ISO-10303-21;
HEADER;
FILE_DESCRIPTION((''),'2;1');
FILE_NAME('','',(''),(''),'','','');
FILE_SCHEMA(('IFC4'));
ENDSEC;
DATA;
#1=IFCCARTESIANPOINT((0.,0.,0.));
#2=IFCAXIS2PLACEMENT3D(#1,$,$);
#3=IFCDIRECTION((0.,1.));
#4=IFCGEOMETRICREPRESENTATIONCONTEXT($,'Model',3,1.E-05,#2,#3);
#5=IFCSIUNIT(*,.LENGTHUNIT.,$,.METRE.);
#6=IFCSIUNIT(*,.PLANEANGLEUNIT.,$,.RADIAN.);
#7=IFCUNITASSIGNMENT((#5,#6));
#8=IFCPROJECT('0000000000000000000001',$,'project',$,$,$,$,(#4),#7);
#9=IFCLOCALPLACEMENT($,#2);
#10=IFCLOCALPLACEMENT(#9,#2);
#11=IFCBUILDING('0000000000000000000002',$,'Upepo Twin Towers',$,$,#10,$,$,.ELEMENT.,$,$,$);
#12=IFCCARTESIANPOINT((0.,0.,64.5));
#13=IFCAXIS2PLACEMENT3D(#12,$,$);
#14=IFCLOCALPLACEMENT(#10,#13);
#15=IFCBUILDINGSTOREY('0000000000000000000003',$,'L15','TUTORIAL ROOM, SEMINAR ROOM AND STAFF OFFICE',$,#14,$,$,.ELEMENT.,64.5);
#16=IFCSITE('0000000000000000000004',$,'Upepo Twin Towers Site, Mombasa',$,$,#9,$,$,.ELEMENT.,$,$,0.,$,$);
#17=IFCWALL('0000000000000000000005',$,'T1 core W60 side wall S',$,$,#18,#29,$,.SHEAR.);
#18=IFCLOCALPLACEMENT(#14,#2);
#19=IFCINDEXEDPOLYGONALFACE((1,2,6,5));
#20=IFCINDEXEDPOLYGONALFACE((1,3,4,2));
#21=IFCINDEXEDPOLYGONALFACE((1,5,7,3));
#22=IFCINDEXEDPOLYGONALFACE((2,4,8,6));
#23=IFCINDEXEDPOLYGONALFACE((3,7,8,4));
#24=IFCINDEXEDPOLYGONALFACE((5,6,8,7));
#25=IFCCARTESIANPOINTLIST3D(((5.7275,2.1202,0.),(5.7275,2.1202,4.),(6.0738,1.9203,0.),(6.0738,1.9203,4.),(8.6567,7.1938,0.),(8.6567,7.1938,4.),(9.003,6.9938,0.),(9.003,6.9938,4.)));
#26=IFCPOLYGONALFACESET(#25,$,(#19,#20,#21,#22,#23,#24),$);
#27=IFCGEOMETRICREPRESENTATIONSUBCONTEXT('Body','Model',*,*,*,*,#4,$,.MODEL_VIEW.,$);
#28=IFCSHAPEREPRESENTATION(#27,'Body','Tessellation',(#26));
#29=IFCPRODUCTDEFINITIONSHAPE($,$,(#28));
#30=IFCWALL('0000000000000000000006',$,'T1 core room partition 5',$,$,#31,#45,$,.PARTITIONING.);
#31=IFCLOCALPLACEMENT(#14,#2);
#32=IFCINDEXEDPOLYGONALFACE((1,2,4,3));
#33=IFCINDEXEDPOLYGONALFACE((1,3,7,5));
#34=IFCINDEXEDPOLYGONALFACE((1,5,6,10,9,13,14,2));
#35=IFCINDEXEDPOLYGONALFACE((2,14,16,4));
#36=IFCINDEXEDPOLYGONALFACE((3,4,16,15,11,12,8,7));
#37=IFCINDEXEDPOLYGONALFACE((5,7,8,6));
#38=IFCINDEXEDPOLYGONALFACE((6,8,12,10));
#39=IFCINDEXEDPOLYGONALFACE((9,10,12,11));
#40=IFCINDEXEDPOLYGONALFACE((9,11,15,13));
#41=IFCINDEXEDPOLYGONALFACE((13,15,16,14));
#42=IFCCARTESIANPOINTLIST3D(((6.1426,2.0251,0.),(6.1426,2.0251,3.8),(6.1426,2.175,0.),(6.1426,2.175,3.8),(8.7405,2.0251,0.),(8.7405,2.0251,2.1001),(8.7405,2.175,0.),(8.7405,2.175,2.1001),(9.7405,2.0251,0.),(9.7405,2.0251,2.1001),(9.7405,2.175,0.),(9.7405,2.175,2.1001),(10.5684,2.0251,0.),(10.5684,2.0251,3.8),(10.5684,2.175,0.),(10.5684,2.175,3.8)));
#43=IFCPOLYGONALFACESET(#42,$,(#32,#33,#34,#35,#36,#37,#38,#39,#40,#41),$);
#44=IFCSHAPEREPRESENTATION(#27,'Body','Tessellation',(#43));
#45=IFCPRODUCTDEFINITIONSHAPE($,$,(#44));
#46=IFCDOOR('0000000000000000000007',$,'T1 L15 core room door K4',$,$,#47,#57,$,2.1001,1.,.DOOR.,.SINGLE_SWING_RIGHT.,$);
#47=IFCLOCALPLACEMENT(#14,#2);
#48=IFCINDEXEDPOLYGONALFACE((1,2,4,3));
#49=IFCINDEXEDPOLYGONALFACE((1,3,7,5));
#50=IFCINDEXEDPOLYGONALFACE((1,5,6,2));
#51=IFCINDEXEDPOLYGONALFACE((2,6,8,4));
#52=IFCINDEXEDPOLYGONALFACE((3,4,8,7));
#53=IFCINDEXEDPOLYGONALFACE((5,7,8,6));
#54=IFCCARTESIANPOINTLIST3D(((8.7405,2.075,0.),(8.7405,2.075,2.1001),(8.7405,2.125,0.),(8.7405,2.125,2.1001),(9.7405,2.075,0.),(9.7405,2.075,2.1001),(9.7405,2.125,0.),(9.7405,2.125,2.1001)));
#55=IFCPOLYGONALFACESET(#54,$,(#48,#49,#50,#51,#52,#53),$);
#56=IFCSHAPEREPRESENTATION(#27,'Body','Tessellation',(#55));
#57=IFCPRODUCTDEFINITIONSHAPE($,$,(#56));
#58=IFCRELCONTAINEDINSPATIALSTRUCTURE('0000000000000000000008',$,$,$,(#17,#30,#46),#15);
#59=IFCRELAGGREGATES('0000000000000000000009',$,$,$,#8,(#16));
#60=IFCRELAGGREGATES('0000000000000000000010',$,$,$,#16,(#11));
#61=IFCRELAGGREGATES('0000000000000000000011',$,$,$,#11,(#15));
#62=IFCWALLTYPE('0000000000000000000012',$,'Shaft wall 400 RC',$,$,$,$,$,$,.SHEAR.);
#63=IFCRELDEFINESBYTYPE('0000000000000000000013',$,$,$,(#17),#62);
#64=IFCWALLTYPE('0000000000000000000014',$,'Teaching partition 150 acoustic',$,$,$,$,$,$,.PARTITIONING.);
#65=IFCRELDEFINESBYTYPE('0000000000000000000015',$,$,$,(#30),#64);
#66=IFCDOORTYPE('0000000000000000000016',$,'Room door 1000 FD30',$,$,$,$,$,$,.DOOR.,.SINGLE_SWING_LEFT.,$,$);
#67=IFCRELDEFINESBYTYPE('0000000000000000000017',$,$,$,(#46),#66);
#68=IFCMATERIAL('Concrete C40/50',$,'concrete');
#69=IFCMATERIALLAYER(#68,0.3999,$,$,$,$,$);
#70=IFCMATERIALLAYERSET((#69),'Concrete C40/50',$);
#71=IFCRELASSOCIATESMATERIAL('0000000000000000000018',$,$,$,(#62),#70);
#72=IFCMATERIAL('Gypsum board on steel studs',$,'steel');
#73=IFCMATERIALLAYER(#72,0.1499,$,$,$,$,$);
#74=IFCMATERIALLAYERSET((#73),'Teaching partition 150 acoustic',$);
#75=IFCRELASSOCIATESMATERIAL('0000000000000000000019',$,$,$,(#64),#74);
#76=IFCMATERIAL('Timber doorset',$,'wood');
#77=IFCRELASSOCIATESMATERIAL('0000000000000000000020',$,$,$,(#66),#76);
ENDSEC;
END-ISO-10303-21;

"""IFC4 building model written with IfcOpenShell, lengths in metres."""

from ifc_helpers import new_model, si_unit, direction, frame, frame_2d, origin, place, context, subcontext, project, spatial, rectangle, extrude, material, layer, layer_set, type_object, element, fill, save


model = new_model("IFC4")

# Units and contexts
model_context = context("Model", 3, precision=1e-05, world=origin(), true_north=direction((0.0, 1.0)))
body_context = subcontext(model_context, "Body", "Model", "MODEL_VIEW")
ifc_project = project(units=[si_unit("LENGTHUNIT", "METRE"), si_unit("PLANEANGLEUNIT", "RADIAN")], contexts=[model_context])

# Site, building, storey
site_placement = place(None, origin())
site = spatial("IfcSite", under=ifc_project, at=site_placement, Name="Upepo Twin Towers Site, Mombasa", CompositionType="ELEMENT", RefElevation=0.0)
building_placement = place(site_placement, origin())
building = spatial("IfcBuilding", under=site, at=building_placement, Name="Upepo Twin Towers", CompositionType="ELEMENT")
storey_placement = place(building_placement, frame((0.0, 0.0, 64.5)))
storey = spatial("IfcBuildingStorey", under=building, at=storey_placement, Name="L15", Description="TUTORIAL ROOM, SEMINAR ROOM AND STAFF OFFICE", CompositionType="ELEMENT", Elevation=64.5)

# Wall
ifc_material_1 = material(Name="Concrete C40/50", Category="concrete")
ifc_layer_1 = layer(ifc_material_1, 0.3999)
ifc_layer_set_1 = layer_set([ifc_layer_1], Name="Concrete C40/50")
wall_type_1 = type_object("IfcWallType", Name="Shaft wall 400 RC", PredefinedType="SHEAR", material=ifc_layer_set_1)
for number, where, z_axis, x_axis, name in (
    (1, (5.9006, 2.0203, 0.0), (0.0, 0.0, 1.0), (0.500003, 0.866024, 0.0), "T1 core W60 side wall S"),
):
    element("IfcWall", number, at=place(storey_placement, frame(where, z_axis=z_axis, x_axis=x_axis)), inside=storey, type_object=wall_type_1, Name=name, PredefinedType="SHEAR", context=body_context, shape_type="SweptSolid", body=[
        extrude(rectangle(XDim=5.8584, YDim=0.3999, at=frame_2d((2.9292, 0.0))), origin(), (0.0, 0.0, 1.0), 4.0),
    ])

# Wall, opening, door
ifc_material_2 = material(Name="Gypsum board on steel studs", Category="steel")
ifc_layer_2 = layer(ifc_material_2, 0.1499)
ifc_layer_set_2 = layer_set([ifc_layer_2], Name="Teaching partition 150 acoustic")
wall_type_2 = type_object("IfcWallType", Name="Teaching partition 150 acoustic", PredefinedType="PARTITIONING", material=ifc_layer_set_2)
wall_1_placement = place(storey_placement, frame((6.1426, 2.1001, 0.0), z_axis=(0.0, 0.0, 1.0), x_axis=(1.0, 0.0, 0.0)))
wall_1 = element("IfcWall", 2, at=wall_1_placement, inside=storey, type_object=wall_type_2, Name="T1 core room partition 5", PredefinedType="PARTITIONING", context=body_context, shape_type="SweptSolid", body=[
    extrude(rectangle(XDim=4.4258, YDim=0.1499, at=frame_2d((2.2129, 0.0))), origin(), (0.0, 0.0, 1.0), 3.8),
])
opening_1_placement = place(wall_1_placement, frame((2.5979, 0.0, 0.0)))
opening_1 = element("IfcOpeningElement", 3, at=opening_1_placement, cuts=wall_1, PredefinedType="OPENING", context=body_context, shape_type="SweptSolid", body=[
    extrude(rectangle(XDim=1.0, YDim=2.1001, at=frame_2d((0.5, 1.05))), frame((0.0, 0.085, 0.0), z_axis=(0.0, -1.0, 0.0), x_axis=(1.0, 0.0, 0.0)), (0.0, 0.0, 1.0), 0.1699),
])
ifc_material_3 = material(Name="Timber doorset", Category="wood")
door_type_1 = type_object("IfcDoorType", Name="Room door 1000 FD30", OperationType="SINGLE_SWING_LEFT", PredefinedType="DOOR", material=ifc_material_3)
door_1_placement = place(opening_1_placement, origin())
door_1 = element("IfcDoor", 4, at=door_1_placement, inside=storey, type_object=door_type_1, Name="T1 L15 core room door K4", OperationType="SINGLE_SWING_RIGHT", OverallHeight=2.1001, OverallWidth=1.0, PredefinedType="DOOR", context=body_context, shape_type="SweptSolid", body=[
    extrude(rectangle(XDim=1.0, YDim=2.1001, at=frame_2d((0.5, 1.05))), frame((0.0, 0.0249, 0.0), z_axis=(0.0, -1.0, 0.0), x_axis=(1.0, 0.0, 0.0)), (0.0, 0.0, 1.0), 0.05),
])
fill(opening_1, door_1)

save(model, "model.ifc")
